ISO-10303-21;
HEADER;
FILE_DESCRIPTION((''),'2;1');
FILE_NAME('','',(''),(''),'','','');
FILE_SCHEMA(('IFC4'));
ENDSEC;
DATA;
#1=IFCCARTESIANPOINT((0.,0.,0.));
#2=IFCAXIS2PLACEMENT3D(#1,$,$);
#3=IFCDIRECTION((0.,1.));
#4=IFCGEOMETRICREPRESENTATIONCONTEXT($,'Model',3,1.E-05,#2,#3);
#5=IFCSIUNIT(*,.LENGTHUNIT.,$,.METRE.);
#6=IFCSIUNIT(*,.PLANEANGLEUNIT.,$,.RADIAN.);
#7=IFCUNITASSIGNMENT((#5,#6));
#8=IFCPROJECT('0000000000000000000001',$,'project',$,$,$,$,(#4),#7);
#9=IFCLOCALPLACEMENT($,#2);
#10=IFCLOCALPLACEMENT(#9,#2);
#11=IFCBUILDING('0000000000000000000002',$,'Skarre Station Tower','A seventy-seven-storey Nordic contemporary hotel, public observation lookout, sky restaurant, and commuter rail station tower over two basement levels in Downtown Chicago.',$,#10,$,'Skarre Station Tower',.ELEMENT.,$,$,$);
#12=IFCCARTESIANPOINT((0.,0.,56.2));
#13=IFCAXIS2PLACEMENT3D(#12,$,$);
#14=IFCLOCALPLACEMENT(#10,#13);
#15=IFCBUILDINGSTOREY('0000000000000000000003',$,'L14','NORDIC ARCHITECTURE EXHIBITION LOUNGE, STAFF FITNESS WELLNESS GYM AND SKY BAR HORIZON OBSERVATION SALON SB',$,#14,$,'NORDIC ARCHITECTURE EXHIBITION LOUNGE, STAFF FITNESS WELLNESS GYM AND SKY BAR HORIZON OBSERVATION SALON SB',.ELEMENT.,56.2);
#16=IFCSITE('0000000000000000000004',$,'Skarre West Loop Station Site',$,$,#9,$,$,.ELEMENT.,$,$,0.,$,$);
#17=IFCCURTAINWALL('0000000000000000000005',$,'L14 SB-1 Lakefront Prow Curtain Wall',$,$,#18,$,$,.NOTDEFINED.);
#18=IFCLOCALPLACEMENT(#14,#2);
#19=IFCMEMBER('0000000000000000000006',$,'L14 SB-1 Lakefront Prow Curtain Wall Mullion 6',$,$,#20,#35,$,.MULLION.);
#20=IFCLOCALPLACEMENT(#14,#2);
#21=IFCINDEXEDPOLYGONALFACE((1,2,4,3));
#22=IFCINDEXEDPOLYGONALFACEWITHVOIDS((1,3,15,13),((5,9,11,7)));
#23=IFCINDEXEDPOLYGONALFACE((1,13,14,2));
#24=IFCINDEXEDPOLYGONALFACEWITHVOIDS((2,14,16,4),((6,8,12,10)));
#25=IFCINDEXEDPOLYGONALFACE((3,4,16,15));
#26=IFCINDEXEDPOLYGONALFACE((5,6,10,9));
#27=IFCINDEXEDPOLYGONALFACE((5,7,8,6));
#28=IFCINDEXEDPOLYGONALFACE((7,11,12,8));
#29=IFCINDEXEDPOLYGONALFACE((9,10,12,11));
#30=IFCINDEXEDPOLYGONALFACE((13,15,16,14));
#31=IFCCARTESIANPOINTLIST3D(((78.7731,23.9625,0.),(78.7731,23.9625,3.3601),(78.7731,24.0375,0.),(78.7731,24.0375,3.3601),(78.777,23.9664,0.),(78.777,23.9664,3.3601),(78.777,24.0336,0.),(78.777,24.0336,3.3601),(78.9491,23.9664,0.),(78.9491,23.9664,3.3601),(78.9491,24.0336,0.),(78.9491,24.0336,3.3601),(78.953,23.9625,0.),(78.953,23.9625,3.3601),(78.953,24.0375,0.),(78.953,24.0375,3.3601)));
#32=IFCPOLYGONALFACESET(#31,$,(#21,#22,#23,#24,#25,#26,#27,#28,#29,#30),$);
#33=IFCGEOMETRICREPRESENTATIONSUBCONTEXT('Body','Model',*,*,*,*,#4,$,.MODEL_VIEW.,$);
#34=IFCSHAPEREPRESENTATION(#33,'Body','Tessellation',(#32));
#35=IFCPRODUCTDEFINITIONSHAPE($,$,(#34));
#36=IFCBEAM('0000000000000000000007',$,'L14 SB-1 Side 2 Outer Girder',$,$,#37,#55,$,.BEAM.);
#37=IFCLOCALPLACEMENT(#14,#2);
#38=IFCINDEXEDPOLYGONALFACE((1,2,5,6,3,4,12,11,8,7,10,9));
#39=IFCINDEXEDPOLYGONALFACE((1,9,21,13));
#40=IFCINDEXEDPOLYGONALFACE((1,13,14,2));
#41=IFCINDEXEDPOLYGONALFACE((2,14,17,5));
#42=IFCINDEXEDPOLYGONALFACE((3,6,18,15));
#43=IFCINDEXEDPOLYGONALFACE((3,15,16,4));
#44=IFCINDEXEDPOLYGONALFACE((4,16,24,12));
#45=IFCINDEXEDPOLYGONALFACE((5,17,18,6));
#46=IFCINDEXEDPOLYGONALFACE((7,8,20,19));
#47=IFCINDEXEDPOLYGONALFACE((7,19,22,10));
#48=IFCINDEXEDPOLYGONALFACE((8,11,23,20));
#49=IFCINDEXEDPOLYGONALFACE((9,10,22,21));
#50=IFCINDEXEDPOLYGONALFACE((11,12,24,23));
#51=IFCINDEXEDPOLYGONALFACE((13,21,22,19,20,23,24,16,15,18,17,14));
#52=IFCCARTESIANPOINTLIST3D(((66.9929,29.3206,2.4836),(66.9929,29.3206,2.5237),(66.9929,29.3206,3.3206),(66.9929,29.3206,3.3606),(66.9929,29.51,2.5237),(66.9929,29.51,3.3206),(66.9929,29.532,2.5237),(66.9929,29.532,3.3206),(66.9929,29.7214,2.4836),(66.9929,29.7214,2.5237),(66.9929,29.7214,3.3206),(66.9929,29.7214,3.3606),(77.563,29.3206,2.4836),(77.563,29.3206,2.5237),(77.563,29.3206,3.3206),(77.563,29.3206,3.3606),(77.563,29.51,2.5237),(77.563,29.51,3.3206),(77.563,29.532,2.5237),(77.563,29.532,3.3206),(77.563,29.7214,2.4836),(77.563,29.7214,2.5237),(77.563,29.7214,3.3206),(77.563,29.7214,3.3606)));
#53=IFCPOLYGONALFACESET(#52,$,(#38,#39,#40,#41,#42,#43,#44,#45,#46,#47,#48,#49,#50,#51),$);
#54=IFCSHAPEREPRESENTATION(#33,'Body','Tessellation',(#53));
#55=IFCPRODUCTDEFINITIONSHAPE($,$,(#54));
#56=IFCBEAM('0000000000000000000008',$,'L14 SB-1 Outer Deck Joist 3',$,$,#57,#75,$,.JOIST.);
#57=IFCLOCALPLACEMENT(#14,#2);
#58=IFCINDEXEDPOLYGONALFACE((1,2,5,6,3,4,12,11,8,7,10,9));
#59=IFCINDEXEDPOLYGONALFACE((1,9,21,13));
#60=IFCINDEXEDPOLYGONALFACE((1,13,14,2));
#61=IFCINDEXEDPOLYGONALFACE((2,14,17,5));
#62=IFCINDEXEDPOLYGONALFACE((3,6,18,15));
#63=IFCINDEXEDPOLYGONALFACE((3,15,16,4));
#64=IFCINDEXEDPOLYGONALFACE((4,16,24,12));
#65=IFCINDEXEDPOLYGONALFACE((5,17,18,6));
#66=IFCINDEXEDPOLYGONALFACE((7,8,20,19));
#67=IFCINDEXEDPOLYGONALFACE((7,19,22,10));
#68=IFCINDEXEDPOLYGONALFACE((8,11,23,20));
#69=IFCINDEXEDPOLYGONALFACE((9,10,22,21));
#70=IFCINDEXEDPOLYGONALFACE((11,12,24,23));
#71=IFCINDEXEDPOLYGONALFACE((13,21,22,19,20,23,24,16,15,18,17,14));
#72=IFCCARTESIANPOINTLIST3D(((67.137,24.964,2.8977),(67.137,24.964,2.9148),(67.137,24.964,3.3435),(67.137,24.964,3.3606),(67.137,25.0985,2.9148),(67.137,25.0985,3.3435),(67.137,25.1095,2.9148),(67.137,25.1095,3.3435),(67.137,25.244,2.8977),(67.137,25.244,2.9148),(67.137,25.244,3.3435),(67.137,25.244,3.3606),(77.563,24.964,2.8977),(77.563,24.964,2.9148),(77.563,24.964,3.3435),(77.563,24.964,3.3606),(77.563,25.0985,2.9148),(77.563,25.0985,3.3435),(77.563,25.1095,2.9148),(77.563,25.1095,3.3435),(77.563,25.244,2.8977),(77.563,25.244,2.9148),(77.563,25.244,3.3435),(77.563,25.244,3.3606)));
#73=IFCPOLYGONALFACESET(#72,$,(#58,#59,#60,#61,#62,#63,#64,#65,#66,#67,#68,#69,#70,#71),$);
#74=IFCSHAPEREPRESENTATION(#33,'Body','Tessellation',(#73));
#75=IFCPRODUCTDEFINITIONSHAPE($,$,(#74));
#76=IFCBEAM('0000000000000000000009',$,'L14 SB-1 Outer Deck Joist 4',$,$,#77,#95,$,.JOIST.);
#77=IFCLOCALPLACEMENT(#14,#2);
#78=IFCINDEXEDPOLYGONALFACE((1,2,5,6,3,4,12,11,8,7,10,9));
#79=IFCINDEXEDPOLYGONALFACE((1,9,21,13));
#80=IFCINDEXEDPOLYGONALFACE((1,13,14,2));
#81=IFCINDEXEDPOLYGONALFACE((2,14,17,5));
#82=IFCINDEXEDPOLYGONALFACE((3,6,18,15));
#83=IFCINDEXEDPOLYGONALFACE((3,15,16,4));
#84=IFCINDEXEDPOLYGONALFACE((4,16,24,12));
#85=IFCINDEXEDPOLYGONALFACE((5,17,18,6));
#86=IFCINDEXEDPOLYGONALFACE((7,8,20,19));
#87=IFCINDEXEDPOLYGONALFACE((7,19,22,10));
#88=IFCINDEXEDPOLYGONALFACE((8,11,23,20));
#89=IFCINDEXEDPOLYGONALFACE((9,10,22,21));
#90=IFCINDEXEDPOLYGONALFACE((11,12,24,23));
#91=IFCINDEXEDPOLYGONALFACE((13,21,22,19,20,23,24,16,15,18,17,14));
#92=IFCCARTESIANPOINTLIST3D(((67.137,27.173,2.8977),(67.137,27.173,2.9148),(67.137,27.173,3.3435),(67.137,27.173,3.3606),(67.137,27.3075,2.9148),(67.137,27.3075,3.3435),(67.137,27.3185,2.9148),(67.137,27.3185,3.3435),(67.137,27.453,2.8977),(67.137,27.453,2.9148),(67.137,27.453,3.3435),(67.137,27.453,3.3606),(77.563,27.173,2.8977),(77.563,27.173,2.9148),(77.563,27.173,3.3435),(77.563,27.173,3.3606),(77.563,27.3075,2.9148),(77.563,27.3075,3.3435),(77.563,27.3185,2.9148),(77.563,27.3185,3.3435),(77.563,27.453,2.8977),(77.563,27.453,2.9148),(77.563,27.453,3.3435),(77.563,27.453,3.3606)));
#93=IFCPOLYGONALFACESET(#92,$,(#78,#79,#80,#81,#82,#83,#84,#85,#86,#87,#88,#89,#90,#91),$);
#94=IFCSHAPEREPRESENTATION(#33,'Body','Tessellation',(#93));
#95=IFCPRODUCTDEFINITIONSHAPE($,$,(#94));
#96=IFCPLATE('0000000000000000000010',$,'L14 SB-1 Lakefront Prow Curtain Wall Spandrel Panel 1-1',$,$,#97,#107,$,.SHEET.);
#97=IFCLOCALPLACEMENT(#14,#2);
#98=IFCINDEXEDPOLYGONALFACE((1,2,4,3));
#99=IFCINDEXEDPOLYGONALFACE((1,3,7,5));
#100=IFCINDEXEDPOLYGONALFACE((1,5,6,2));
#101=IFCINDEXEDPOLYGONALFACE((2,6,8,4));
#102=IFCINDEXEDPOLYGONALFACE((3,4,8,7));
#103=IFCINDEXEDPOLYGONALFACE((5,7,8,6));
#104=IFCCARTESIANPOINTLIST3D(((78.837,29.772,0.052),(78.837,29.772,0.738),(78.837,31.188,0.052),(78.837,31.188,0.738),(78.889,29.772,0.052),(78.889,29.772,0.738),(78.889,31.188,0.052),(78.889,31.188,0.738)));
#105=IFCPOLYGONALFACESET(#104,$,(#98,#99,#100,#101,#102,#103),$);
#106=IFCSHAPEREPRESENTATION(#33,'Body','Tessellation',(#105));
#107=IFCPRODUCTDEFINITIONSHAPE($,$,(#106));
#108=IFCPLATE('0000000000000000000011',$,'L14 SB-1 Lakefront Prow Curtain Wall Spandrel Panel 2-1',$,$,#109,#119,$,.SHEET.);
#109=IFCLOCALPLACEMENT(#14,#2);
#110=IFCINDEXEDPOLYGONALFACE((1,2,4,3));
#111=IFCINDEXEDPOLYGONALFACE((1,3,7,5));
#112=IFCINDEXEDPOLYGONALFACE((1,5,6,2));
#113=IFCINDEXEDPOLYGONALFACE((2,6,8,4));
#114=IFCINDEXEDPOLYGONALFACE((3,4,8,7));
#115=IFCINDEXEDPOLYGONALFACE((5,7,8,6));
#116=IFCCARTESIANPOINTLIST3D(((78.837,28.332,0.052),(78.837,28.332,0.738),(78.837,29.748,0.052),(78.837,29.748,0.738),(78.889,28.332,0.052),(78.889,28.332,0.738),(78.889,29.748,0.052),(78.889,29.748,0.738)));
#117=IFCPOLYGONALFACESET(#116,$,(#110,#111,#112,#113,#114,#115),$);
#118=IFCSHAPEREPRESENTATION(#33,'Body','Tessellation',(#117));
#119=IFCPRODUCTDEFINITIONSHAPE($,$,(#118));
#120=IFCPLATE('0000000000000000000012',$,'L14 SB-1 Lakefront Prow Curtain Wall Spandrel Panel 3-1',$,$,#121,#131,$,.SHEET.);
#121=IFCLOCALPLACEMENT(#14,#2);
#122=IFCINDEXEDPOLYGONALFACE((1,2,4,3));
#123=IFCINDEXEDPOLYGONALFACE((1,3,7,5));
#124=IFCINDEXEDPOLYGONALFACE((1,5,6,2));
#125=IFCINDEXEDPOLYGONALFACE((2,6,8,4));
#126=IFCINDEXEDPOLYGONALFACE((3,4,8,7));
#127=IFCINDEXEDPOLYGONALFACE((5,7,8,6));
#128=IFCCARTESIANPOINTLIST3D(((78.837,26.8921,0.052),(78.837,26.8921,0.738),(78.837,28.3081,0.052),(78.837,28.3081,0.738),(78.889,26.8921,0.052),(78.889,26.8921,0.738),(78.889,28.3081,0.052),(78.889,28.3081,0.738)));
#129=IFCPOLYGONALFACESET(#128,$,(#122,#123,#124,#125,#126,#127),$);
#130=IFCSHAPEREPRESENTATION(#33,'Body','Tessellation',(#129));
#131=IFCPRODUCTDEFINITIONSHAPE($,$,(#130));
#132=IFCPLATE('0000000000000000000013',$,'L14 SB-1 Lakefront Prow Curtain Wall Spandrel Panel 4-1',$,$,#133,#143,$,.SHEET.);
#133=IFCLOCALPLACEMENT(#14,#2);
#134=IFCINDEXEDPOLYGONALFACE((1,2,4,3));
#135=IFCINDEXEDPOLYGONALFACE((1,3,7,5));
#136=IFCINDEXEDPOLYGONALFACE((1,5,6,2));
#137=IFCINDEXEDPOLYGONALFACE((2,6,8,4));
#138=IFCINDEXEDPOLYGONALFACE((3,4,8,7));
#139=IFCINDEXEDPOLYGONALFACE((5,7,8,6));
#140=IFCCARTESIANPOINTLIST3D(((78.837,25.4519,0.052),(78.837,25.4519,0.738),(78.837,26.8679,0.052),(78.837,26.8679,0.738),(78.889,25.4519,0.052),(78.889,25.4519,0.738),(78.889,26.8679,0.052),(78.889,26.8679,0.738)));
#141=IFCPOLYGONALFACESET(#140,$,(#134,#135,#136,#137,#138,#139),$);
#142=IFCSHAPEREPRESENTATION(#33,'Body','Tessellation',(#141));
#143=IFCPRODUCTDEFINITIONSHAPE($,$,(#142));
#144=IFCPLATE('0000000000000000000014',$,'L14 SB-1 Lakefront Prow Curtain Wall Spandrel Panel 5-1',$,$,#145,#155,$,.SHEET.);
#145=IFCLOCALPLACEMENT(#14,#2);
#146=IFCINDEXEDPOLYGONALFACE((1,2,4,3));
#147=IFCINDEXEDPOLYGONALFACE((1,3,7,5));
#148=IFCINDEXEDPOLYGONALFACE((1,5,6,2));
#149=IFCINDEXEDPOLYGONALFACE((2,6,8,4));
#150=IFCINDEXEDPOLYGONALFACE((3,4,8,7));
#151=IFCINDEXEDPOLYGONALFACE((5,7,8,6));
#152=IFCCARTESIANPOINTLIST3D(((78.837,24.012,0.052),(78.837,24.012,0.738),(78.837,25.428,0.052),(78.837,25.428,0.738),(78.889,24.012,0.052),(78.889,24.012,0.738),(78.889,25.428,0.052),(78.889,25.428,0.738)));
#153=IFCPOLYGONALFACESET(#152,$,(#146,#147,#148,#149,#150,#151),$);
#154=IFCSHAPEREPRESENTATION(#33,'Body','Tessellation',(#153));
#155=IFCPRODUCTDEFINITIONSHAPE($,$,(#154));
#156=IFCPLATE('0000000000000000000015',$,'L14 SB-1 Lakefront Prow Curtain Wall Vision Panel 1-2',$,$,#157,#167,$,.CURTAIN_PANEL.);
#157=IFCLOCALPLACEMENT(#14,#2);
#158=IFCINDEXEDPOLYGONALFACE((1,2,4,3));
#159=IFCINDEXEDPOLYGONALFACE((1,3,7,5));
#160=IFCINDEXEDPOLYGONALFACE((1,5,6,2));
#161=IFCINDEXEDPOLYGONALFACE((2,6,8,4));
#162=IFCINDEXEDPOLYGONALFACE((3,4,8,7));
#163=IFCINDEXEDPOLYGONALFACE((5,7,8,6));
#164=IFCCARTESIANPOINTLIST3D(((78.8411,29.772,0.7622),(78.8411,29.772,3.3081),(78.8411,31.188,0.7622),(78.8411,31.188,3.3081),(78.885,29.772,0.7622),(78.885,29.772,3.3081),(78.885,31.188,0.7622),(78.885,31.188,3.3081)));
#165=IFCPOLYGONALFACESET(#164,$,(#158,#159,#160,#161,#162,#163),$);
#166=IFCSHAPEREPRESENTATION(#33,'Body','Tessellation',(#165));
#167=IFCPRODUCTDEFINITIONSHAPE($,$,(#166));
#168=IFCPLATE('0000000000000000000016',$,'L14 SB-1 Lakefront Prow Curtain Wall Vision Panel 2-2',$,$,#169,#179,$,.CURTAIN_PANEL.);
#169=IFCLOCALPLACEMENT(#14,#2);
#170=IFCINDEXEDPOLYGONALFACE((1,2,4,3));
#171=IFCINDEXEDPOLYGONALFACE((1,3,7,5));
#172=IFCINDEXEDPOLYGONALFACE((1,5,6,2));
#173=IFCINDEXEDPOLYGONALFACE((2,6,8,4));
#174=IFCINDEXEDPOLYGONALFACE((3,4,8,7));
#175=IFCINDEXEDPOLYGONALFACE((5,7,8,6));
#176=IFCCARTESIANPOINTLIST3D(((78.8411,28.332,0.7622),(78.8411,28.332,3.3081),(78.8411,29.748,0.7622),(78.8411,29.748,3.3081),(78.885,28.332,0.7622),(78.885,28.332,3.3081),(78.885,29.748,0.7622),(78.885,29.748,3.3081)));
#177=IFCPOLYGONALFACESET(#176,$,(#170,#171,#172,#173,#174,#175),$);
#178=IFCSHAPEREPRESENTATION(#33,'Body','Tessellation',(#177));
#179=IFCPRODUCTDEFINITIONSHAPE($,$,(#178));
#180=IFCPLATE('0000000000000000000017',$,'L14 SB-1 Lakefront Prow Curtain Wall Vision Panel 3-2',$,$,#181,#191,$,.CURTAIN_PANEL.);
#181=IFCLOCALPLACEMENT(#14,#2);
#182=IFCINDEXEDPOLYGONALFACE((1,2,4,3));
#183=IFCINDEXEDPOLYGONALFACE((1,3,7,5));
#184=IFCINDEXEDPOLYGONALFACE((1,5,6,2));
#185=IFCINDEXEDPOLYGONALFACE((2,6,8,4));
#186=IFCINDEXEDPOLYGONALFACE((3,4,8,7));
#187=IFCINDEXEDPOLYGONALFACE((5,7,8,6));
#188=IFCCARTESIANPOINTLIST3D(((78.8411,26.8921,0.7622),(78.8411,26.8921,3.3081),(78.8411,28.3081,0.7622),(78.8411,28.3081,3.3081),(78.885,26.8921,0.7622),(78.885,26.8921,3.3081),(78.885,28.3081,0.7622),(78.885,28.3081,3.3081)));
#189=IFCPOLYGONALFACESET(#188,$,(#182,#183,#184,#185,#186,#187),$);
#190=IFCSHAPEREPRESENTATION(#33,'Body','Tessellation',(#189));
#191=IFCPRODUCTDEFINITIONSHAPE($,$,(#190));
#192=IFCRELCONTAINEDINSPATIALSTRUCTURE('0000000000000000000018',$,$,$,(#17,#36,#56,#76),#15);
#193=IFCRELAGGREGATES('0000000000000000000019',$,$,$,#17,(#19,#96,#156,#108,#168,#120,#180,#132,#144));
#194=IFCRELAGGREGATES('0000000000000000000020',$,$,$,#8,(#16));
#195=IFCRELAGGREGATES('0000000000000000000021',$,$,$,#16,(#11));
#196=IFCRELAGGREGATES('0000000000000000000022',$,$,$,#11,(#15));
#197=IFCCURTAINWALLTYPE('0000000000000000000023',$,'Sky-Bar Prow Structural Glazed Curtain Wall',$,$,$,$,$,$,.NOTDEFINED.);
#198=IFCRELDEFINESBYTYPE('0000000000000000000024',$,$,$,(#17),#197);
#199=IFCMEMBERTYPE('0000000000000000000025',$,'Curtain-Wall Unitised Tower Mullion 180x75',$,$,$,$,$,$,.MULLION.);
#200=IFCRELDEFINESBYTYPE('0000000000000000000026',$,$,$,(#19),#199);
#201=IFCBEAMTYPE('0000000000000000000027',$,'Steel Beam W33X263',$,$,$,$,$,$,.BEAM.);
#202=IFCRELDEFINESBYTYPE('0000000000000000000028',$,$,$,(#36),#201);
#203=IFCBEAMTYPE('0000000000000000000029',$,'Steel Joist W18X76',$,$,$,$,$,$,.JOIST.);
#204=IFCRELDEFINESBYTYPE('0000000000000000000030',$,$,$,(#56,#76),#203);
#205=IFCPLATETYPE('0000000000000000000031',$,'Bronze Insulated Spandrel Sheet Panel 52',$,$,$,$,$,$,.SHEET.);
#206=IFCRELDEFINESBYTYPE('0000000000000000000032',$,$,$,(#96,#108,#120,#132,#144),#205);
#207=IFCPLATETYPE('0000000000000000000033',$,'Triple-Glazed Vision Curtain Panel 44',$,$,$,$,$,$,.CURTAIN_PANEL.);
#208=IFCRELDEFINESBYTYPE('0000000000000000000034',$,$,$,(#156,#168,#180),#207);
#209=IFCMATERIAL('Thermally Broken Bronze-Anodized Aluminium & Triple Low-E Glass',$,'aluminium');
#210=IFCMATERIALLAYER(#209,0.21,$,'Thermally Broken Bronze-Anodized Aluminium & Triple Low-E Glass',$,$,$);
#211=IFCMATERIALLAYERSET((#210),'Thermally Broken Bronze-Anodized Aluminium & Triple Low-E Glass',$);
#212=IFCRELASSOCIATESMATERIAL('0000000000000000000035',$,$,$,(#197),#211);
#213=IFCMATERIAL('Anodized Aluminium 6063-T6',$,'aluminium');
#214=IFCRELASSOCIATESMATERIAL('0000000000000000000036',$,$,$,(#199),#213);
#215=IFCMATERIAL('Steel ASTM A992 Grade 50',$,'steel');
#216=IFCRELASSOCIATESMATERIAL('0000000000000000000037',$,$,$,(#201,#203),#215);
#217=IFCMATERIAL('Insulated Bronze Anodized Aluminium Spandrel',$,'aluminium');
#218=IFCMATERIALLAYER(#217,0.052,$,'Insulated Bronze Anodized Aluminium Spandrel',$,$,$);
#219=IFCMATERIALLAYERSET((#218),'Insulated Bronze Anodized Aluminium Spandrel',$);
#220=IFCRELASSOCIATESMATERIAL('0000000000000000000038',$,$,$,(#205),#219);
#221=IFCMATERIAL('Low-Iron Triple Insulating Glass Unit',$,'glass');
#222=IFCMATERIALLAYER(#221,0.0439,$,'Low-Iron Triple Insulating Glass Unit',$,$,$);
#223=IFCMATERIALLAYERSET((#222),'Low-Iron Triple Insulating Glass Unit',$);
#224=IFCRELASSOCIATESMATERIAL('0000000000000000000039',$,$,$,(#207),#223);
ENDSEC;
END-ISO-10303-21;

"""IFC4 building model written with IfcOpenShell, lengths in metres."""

from ifc_helpers import new_model, si_unit, direction, frame, origin, origin_2d, place, context, subcontext, project, spatial, rectangle, hollow_rectangle, i_section, extrude, material, layer, layer_set, material_profile, profile_set, type_object, element, aggregate, save


model = new_model("IFC4")

# Units and contexts
model_context = context("Model", 3, precision=1e-05, world=origin(), true_north=direction((0.0, 1.0)))
body_context = subcontext(model_context, "Body", "Model", "MODEL_VIEW")
ifc_project = project(units=[si_unit("LENGTHUNIT", "METRE"), si_unit("PLANEANGLEUNIT", "RADIAN")], contexts=[model_context])

# Site, building, storey
site_placement = place(None, origin())
site = spatial("IfcSite", under=ifc_project, at=site_placement, Name="Skarre West Loop Station Site", CompositionType="ELEMENT", RefElevation=0.0)
building_placement = place(site_placement, origin())
building = spatial("IfcBuilding", under=site, at=building_placement, Name="Skarre Station Tower", Description="A seventy-seven-storey Nordic contemporary hotel, public observation lookout, sky restaurant, and commuter rail station tower over two basement levels in Downtown Chicago.", LongName="Skarre Station Tower", CompositionType="ELEMENT")
storey_placement = place(building_placement, frame((0.0, 0.0, 56.2)))
storey = spatial("IfcBuildingStorey", under=building, at=storey_placement, Name="L14", Description="NORDIC ARCHITECTURE EXHIBITION LOUNGE, STAFF FITNESS WELLNESS GYM AND SKY BAR HORIZON OBSERVATION SALON SB", LongName="NORDIC ARCHITECTURE EXHIBITION LOUNGE, STAFF FITNESS WELLNESS GYM AND SKY BAR HORIZON OBSERVATION SALON SB", CompositionType="ELEMENT", Elevation=56.2)

# Curtain wall, member
ifc_material_1 = material(Name="Thermally Broken Bronze-Anodized Aluminium & Triple Low-E Glass", Category="aluminium")
ifc_layer_1 = layer(ifc_material_1, 0.21, Name="Thermally Broken Bronze-Anodized Aluminium & Triple Low-E Glass")
ifc_layer_set_1 = layer_set([ifc_layer_1], Name="Thermally Broken Bronze-Anodized Aluminium & Triple Low-E Glass")
curtain_wall_type = type_object("IfcCurtainWallType", Name="Sky-Bar Prow Structural Glazed Curtain Wall", PredefinedType="NOTDEFINED", material=ifc_layer_set_1)
curtain_wall_placement = place(storey_placement, origin())
curtain_wall = element("IfcCurtainWall", 1, at=curtain_wall_placement, inside=storey, type_object=curtain_wall_type, Name="L14 SB-1 Lakefront Prow Curtain Wall", PredefinedType="NOTDEFINED")
ifc_material_2 = material(Name="Anodized Aluminium 6063-T6", Category="aluminium")
ifc_material_profile_1 = material_profile(ifc_material_2, hollow_rectangle(XDim=0.075, YDim=0.1799, WallThickness=0.0039, at=origin_2d()), Name="Anodized Aluminium 6063-T6")
ifc_profile_set_1 = profile_set([ifc_material_profile_1], Name="Anodized Aluminium 6063-T6")
member_type_1 = type_object("IfcMemberType", Name="Curtain-Wall Unitised Tower Mullion 180x75", PredefinedType="MULLION", material=ifc_profile_set_1)
member_1_placement = place(storey_placement, frame((78.863, 24.0, 0.0), z_axis=(0.0, 0.0, 1.0), x_axis=(0.0, -1.0, 0.0)))
member_1 = element("IfcMember", 2, at=member_1_placement, type_object=member_type_1, Name="L14 SB-1 Lakefront Prow Curtain Wall Mullion 6", PredefinedType="MULLION", context=body_context, shape_type="SweptSolid", body=[
    extrude(hollow_rectangle(XDim=0.075, YDim=0.1799, WallThickness=0.0039, at=origin_2d()), origin(), (0.0, 0.0, 1.0), 3.3601),
])

# Beams
ifc_material_3 = material(Name="Steel ASTM A992 Grade 50", Category="steel")
ifc_material_profile_2 = material_profile(ifc_material_3, i_section(OverallWidth=0.4009, OverallDepth=0.877, WebThickness=0.022, FlangeThickness=0.04, at=origin_2d()), Name="Steel ASTM A992 Grade 50")
ifc_profile_set_2 = profile_set([ifc_material_profile_2], Name="Steel ASTM A992 Grade 50")
beam_type_1 = type_object("IfcBeamType", Name="Steel Beam W33X263", PredefinedType="BEAM", material=ifc_profile_set_2)
beam_placement = place(storey_placement, frame((66.9929, 29.521, 2.9221), z_axis=(1.0, 0.0, 0.0), x_axis=(0.0, 1.0, 0.0)))
element("IfcBeam", 3, at=beam_placement, inside=storey, type_object=beam_type_1, Name="L14 SB-1 Side 2 Outer Girder", PredefinedType="BEAM", context=body_context, shape_type="SweptSolid", body=[
    extrude(i_section(OverallWidth=0.4009, OverallDepth=0.877, WebThickness=0.022, FlangeThickness=0.04, at=origin_2d()), origin(), (0.0, 0.0, 1.0), 10.5701),
])
ifc_material_profile_3 = material_profile(ifc_material_3, i_section(OverallWidth=0.28, OverallDepth=0.4629, WebThickness=0.011, FlangeThickness=0.0171, at=origin_2d()), Name="Steel ASTM A992 Grade 50")
ifc_profile_set_3 = profile_set([ifc_material_profile_3], Name="Steel ASTM A992 Grade 50")
beam_type_2 = type_object("IfcBeamType", Name="Steel Joist W18X76", PredefinedType="JOIST", material=ifc_profile_set_3)
for number, where, z_axis, x_axis, name in (
    (4, (67.137, 25.104, 3.1292), (1.0, 0.0, 0.0), (0.0, 1.0, 0.0), "L14 SB-1 Outer Deck Joist 3"),
    (5, (67.137, 27.313, 3.1292), (1.0, 0.0, 0.0), (0.0, 1.0, 0.0), "L14 SB-1 Outer Deck Joist 4"),
):
    element("IfcBeam", number, at=place(storey_placement, frame(where, z_axis=z_axis, x_axis=x_axis)), inside=storey, type_object=beam_type_2, Name=name, PredefinedType="JOIST", context=body_context, shape_type="SweptSolid", body=[
        extrude(i_section(OverallWidth=0.28, OverallDepth=0.4629, WebThickness=0.011, FlangeThickness=0.0171, at=origin_2d()), origin(), (0.0, 0.0, 1.0), 10.426),
    ])

# Plates
ifc_material_4 = material(Name="Insulated Bronze Anodized Aluminium Spandrel", Category="aluminium")
ifc_layer_2 = layer(ifc_material_4, 0.052, Name="Insulated Bronze Anodized Aluminium Spandrel")
ifc_layer_set_2 = layer_set([ifc_layer_2], Name="Insulated Bronze Anodized Aluminium Spandrel")
plate_type_1 = type_object("IfcPlateType", Name="Bronze Insulated Spandrel Sheet Panel 52", PredefinedType="SHEET", material=ifc_layer_set_2)
plate_1_placement = place(storey_placement, frame((78.863, 30.48, 0.052), z_axis=(0.0, 0.0, 1.0), x_axis=(0.0, -1.0, 0.0)))
plate_1 = element("IfcPlate", 6, at=plate_1_placement, type_object=plate_type_1, Name="L14 SB-1 Lakefront Prow Curtain Wall Spandrel Panel 1-1", PredefinedType="SHEET", context=body_context, shape_type="SweptSolid", body=[
    extrude(rectangle(XDim=1.416, YDim=0.052, at=origin_2d()), origin(), (0.0, 0.0, 1.0), 0.686),
])
plate_2_placement = place(storey_placement, frame((78.863, 29.04, 0.052), z_axis=(0.0, 0.0, 1.0), x_axis=(0.0, -1.0, 0.0)))
plate_2 = element("IfcPlate", 7, at=plate_2_placement, type_object=plate_type_1, Name="L14 SB-1 Lakefront Prow Curtain Wall Spandrel Panel 2-1", PredefinedType="SHEET", context=body_context, shape_type="SweptSolid", body=[
    extrude(rectangle(XDim=1.416, YDim=0.052, at=origin_2d()), origin(), (0.0, 0.0, 1.0), 0.686),
])
plate_3_placement = place(storey_placement, frame((78.863, 27.6001, 0.052), z_axis=(0.0, 0.0, 1.0), x_axis=(0.0, -1.0, 0.0)))
plate_3 = element("IfcPlate", 8, at=plate_3_placement, type_object=plate_type_1, Name="L14 SB-1 Lakefront Prow Curtain Wall Spandrel Panel 3-1", PredefinedType="SHEET", context=body_context, shape_type="SweptSolid", body=[
    extrude(rectangle(XDim=1.416, YDim=0.052, at=origin_2d()), origin(), (0.0, 0.0, 1.0), 0.686),
])
plate_4_placement = place(storey_placement, frame((78.863, 26.1599, 0.052), z_axis=(0.0, 0.0, 1.0), x_axis=(0.0, -1.0, 0.0)))
plate_4 = element("IfcPlate", 9, at=plate_4_placement, type_object=plate_type_1, Name="L14 SB-1 Lakefront Prow Curtain Wall Spandrel Panel 4-1", PredefinedType="SHEET", context=body_context, shape_type="SweptSolid", body=[
    extrude(rectangle(XDim=1.416, YDim=0.052, at=origin_2d()), origin(), (0.0, 0.0, 1.0), 0.686),
])
plate_5_placement = place(storey_placement, frame((78.863, 24.72, 0.052), z_axis=(0.0, 0.0, 1.0), x_axis=(0.0, -1.0, 0.0)))
plate_5 = element("IfcPlate", 10, at=plate_5_placement, type_object=plate_type_1, Name="L14 SB-1 Lakefront Prow Curtain Wall Spandrel Panel 5-1", PredefinedType="SHEET", context=body_context, shape_type="SweptSolid", body=[
    extrude(rectangle(XDim=1.416, YDim=0.052, at=origin_2d()), origin(), (0.0, 0.0, 1.0), 0.686),
])
ifc_material_5 = material(Name="Low-Iron Triple Insulating Glass Unit", Category="glass")
ifc_layer_3 = layer(ifc_material_5, 0.0439, Name="Low-Iron Triple Insulating Glass Unit")
ifc_layer_set_3 = layer_set([ifc_layer_3], Name="Low-Iron Triple Insulating Glass Unit")
plate_type_2 = type_object("IfcPlateType", Name="Triple-Glazed Vision Curtain Panel 44", PredefinedType="CURTAIN_PANEL", material=ifc_layer_set_3)
plate_6_placement = place(storey_placement, frame((78.863, 30.48, 0.7622), z_axis=(0.0, 0.0, 1.0), x_axis=(0.0, -1.0, 0.0)))
plate_6 = element("IfcPlate", 11, at=plate_6_placement, type_object=plate_type_2, Name="L14 SB-1 Lakefront Prow Curtain Wall Vision Panel 1-2", PredefinedType="CURTAIN_PANEL", context=body_context, shape_type="SweptSolid", body=[
    extrude(rectangle(XDim=1.416, YDim=0.0439, at=origin_2d()), origin(), (0.0, 0.0, 1.0), 2.5459),
])
plate_7_placement = place(storey_placement, frame((78.863, 29.04, 0.7622), z_axis=(0.0, 0.0, 1.0), x_axis=(0.0, -1.0, 0.0)))
plate_7 = element("IfcPlate", 12, at=plate_7_placement, type_object=plate_type_2, Name="L14 SB-1 Lakefront Prow Curtain Wall Vision Panel 2-2", PredefinedType="CURTAIN_PANEL", context=body_context, shape_type="SweptSolid", body=[
    extrude(rectangle(XDim=1.416, YDim=0.0439, at=origin_2d()), origin(), (0.0, 0.0, 1.0), 2.5459),
])
plate_8_placement = place(storey_placement, frame((78.863, 27.6001, 0.7622), z_axis=(0.0, 0.0, 1.0), x_axis=(0.0, -1.0, 0.0)))
plate_8 = element("IfcPlate", 13, at=plate_8_placement, type_object=plate_type_2, Name="L14 SB-1 Lakefront Prow Curtain Wall Vision Panel 3-2", PredefinedType="CURTAIN_PANEL", context=body_context, shape_type="SweptSolid", body=[
    extrude(rectangle(XDim=1.416, YDim=0.0439, at=origin_2d()), origin(), (0.0, 0.0, 1.0), 2.5459),
])
aggregate(curtain_wall, [member_1, plate_1, plate_6, plate_2, plate_7, plate_3, plate_8, plate_4, plate_5])

save(model, "model.ifc")
